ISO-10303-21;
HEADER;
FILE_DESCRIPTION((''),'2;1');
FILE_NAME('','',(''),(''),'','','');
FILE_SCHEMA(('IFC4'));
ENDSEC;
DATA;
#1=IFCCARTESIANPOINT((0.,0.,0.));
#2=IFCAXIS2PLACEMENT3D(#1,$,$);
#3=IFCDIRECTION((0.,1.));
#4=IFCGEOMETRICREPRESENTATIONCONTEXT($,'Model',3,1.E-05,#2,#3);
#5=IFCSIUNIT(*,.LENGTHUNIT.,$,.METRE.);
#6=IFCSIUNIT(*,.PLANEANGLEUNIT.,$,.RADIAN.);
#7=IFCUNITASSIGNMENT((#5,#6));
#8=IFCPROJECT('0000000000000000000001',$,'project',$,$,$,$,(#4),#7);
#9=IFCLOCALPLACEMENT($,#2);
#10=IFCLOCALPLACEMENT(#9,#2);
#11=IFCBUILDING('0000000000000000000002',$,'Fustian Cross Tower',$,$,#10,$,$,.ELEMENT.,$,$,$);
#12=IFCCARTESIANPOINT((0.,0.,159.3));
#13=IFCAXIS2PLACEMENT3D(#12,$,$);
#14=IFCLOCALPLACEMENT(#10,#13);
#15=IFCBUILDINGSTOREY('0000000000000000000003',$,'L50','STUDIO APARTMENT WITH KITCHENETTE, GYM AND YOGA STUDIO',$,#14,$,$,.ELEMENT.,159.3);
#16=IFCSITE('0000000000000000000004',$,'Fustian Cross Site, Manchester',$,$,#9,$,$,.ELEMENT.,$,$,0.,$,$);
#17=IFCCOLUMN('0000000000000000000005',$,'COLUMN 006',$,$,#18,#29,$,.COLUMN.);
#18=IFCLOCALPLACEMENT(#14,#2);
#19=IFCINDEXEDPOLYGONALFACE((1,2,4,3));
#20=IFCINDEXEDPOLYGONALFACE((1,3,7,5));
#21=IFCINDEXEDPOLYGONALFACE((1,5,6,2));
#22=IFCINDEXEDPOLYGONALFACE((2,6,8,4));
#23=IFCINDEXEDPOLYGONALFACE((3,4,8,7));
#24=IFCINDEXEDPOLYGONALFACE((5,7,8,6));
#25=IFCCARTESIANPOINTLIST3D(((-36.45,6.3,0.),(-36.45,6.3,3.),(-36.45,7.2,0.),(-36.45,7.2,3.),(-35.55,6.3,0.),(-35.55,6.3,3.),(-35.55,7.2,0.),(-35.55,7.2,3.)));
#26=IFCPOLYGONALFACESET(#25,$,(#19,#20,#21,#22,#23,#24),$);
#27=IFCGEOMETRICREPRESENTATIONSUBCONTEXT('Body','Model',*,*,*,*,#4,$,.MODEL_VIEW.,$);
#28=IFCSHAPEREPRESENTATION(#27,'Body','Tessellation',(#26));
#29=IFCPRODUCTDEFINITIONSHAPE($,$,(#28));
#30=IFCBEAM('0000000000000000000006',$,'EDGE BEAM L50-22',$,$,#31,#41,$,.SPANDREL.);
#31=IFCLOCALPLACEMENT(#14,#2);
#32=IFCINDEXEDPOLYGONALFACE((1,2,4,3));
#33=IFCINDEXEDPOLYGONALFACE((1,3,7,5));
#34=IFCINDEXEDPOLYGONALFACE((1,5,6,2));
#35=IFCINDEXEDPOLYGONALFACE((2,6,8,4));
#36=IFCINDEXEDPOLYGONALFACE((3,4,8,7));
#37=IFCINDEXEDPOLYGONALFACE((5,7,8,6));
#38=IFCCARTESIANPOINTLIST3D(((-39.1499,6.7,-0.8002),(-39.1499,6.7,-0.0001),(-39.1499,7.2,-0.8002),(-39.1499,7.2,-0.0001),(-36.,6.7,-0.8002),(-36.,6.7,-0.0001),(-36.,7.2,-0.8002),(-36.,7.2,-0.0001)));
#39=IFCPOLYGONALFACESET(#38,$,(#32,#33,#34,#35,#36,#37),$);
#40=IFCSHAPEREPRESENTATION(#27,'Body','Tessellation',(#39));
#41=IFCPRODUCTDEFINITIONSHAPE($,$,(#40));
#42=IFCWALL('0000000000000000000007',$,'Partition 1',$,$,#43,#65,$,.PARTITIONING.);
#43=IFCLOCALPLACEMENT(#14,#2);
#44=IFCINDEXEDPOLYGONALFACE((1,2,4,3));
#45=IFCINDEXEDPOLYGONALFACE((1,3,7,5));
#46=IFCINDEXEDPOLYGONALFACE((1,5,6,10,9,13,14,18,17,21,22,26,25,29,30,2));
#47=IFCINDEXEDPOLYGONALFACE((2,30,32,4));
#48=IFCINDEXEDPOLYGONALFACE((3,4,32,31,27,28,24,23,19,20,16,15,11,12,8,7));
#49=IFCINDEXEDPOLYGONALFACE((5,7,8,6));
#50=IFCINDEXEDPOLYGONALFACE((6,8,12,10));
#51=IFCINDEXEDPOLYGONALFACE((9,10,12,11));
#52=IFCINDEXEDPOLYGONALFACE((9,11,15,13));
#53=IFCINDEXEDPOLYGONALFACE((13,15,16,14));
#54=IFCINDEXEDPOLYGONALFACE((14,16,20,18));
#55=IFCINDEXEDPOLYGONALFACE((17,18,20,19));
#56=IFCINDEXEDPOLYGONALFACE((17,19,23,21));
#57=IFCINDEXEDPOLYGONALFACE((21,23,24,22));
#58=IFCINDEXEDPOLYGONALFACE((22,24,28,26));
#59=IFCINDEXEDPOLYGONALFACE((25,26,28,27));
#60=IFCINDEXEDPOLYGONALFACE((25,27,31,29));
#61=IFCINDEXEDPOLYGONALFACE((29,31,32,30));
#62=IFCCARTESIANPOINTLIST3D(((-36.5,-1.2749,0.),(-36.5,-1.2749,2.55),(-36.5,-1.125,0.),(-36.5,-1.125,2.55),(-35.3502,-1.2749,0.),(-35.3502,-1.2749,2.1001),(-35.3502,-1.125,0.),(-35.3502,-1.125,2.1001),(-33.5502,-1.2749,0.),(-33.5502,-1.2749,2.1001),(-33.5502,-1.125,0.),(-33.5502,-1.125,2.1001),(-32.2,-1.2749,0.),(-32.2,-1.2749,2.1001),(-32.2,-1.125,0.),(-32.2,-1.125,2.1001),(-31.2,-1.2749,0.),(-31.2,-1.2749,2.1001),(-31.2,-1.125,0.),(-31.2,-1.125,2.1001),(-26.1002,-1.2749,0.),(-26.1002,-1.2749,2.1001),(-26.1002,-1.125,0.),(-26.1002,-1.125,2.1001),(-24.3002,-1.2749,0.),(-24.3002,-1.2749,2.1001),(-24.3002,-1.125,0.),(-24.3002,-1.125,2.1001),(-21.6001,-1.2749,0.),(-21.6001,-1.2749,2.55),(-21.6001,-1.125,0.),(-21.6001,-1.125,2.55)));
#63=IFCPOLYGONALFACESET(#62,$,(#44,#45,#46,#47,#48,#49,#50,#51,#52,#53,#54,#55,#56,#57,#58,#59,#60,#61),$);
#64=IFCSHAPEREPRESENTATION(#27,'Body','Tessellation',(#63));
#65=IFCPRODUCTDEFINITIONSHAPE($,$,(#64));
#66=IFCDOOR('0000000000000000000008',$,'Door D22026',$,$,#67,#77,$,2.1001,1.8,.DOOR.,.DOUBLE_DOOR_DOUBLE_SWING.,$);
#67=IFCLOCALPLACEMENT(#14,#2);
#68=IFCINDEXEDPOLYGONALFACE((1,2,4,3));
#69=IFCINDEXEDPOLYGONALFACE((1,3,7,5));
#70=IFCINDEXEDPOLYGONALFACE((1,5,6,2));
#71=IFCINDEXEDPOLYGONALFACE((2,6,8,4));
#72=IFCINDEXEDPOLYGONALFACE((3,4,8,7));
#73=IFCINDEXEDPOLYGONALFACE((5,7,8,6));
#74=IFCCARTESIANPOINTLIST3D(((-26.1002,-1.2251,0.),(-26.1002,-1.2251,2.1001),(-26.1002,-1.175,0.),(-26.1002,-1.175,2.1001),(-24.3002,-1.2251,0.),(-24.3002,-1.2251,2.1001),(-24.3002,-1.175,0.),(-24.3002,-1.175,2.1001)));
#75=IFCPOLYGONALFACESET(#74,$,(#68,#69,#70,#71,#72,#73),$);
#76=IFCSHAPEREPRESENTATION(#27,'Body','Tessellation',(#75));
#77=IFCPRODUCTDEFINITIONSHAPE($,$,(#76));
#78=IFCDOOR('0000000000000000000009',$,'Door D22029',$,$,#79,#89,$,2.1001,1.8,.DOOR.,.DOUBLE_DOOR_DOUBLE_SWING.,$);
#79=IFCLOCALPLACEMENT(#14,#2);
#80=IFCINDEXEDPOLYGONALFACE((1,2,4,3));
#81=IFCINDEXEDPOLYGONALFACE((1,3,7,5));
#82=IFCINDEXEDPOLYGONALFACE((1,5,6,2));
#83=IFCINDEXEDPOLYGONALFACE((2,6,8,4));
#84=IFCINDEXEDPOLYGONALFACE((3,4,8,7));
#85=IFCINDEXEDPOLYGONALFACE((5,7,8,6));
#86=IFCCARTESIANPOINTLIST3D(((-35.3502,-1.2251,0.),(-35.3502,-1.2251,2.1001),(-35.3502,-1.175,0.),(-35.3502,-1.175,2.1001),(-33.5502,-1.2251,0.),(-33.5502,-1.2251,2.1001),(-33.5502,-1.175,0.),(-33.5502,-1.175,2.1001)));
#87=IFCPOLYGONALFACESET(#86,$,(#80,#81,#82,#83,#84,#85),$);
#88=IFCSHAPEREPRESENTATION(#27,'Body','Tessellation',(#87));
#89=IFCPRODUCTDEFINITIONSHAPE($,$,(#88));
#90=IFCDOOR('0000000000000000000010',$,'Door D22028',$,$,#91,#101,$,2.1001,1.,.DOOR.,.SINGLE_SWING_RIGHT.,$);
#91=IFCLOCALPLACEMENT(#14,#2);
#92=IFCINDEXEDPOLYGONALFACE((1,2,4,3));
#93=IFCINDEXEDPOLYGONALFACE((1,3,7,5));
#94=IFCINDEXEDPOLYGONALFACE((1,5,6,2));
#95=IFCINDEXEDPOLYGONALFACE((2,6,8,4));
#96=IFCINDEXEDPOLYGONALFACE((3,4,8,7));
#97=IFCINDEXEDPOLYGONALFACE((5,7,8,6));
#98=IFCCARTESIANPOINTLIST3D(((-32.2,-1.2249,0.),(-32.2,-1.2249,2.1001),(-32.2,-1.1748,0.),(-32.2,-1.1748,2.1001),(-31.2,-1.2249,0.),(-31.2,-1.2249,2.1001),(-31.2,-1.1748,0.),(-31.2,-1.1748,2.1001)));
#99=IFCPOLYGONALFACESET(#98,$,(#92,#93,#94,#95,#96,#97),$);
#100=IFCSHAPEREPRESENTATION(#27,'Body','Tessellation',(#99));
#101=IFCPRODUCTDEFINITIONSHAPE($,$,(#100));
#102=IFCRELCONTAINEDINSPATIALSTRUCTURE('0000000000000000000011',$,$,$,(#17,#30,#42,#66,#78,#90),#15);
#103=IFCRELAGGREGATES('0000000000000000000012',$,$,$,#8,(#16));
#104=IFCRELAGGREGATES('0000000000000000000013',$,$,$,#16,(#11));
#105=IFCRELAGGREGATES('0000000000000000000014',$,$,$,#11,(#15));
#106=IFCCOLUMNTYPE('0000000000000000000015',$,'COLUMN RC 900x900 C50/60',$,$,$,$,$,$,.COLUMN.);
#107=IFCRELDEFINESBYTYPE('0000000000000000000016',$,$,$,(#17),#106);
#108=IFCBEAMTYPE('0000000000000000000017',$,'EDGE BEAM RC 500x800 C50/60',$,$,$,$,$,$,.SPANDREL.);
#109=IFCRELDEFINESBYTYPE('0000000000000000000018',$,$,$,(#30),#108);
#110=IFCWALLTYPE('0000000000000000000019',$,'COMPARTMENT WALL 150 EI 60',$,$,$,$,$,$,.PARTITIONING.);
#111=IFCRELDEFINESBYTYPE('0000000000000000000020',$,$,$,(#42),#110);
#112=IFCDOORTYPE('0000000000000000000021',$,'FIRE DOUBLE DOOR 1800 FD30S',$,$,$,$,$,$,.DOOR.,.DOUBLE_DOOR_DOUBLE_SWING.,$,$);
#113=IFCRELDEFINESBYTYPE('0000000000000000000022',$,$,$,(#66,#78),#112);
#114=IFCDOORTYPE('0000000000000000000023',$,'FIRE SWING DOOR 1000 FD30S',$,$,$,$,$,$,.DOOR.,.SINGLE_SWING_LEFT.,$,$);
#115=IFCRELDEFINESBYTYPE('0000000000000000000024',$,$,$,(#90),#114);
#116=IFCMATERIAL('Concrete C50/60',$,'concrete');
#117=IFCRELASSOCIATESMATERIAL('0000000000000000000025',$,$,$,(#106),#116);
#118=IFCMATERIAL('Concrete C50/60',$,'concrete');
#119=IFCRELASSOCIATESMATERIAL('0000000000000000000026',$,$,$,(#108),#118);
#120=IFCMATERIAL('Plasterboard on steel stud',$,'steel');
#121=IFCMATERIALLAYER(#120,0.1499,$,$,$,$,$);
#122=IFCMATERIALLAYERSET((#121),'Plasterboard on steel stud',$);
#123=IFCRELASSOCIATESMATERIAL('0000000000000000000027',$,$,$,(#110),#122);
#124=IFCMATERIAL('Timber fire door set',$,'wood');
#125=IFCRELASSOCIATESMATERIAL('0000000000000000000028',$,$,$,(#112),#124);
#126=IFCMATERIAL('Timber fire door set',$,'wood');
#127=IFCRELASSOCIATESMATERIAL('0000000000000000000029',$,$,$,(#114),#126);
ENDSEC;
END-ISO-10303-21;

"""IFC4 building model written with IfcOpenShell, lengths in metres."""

from ifc_helpers import new_model, si_unit, direction, frame, frame_2d, origin, origin_2d, place, context, subcontext, project, spatial, rectangle, extrude, material, layer, layer_set, material_profile, profile_set, type_object, element, fill, save


model = new_model("IFC4")

# Units and contexts
model_context = context("Model", 3, precision=1e-05, world=origin(), true_north=direction((0.0, 1.0)))
body_context = subcontext(model_context, "Body", "Model", "MODEL_VIEW")
ifc_project = project(units=[si_unit("LENGTHUNIT", "METRE"), si_unit("PLANEANGLEUNIT", "RADIAN")], contexts=[model_context])

# Site, building, storey
site_placement = place(None, origin())
site = spatial("IfcSite", under=ifc_project, at=site_placement, Name="Fustian Cross Site, Manchester", CompositionType="ELEMENT", RefElevation=0.0)
building_placement = place(site_placement, origin())
building = spatial("IfcBuilding", under=site, at=building_placement, Name="Fustian Cross Tower", CompositionType="ELEMENT")
storey_placement = place(building_placement, frame((0.0, 0.0, 159.3)))
storey = spatial("IfcBuildingStorey", under=building, at=storey_placement, Name="L50", Description="STUDIO APARTMENT WITH KITCHENETTE, GYM AND YOGA STUDIO", CompositionType="ELEMENT", Elevation=159.3)

# Column
ifc_material_1 = material(Name="Concrete C50/60", Category="concrete")
ifc_material_profile_1 = material_profile(ifc_material_1, rectangle(XDim=0.8999, YDim=0.8999, at=origin_2d()), Name="RC 900x900")
ifc_profile_set_1 = profile_set([ifc_material_profile_1], Name="Concrete C50/60")
column_type = type_object("IfcColumnType", Name="COLUMN RC 900x900 C50/60", PredefinedType="COLUMN", material=ifc_profile_set_1)
column_placement = place(storey_placement, frame((-36.0, 6.75, 0.0), z_axis=(0.0, 0.0, 1.0), x_axis=(1.0, 0.0, 0.0)))
element("IfcColumn", 1, at=column_placement, inside=storey, type_object=column_type, Name="COLUMN 006", PredefinedType="COLUMN", context=body_context, shape_type="SweptSolid", body=[
    extrude(rectangle(XDim=0.8999, YDim=0.8999, at=origin_2d()), origin(), (0.0, 0.0, 1.0), 3.0),
])

# Beam
ifc_material_2 = material(Name="Concrete C50/60", Category="concrete")
ifc_material_profile_2 = material_profile(ifc_material_2, rectangle(XDim=0.5, YDim=0.8, at=origin_2d()), Name="RC 500x800")
ifc_profile_set_2 = profile_set([ifc_material_profile_2], Name="Concrete C50/60")
beam_type = type_object("IfcBeamType", Name="EDGE BEAM RC 500x800 C50/60", PredefinedType="SPANDREL", material=ifc_profile_set_2)
beam_placement = place(storey_placement, frame((-36.0, 6.95, -0.4001), z_axis=(-1.0, 0.0, 0.0), x_axis=(0.0, -1.0, 0.0)))
element("IfcBeam", 2, at=beam_placement, inside=storey, type_object=beam_type, Name="EDGE BEAM L50-22", PredefinedType="SPANDREL", context=body_context, shape_type="SweptSolid", body=[
    extrude(rectangle(XDim=0.5, YDim=0.8, at=origin_2d()), origin(), (0.0, 0.0, 1.0), 3.1499),
])

# Wall, openings, doors
ifc_material_3 = material(Name="Plasterboard on steel stud", Category="steel")
ifc_layer_1 = layer(ifc_material_3, 0.1499)
ifc_layer_set_1 = layer_set([ifc_layer_1], Name="Plasterboard on steel stud")
wall_type_1 = type_object("IfcWallType", Name="COMPARTMENT WALL 150 EI 60", PredefinedType="PARTITIONING", material=ifc_layer_set_1)
wall_1_placement = place(storey_placement, frame((-36.5, -1.2, 0.0), z_axis=(0.0, 0.0, 1.0), x_axis=(1.0, 0.0, 0.0)))
wall_1 = element("IfcWall", 3, at=wall_1_placement, inside=storey, type_object=wall_type_1, Name="Partition 1", PredefinedType="PARTITIONING", context=body_context, shape_type="SweptSolid", body=[
    extrude(rectangle(XDim=14.8999, YDim=0.1499, at=frame_2d((7.45, 0.0))), origin(), (0.0, 0.0, 1.0), 2.55),
])
opening_1_placement = place(wall_1_placement, frame((10.3999, 0.0, 0.0)))
opening_1 = element("IfcOpeningElement", 4, at=opening_1_placement, cuts=wall_1, PredefinedType="OPENING", context=body_context, shape_type="SweptSolid", body=[
    extrude(rectangle(XDim=1.8, YDim=2.1001, at=frame_2d((0.8999, 1.05))), frame((0.0, 0.085, 0.0), z_axis=(0.0, -1.0, 0.0), x_axis=(1.0, 0.0, 0.0)), (0.0, 0.0, 1.0), 0.1699),
])
opening_2_placement = place(wall_1_placement, frame((4.3, 0.0, 0.0)))
opening_2 = element("IfcOpeningElement", 5, at=opening_2_placement, cuts=wall_1, PredefinedType="OPENING", context=body_context, shape_type="SweptSolid", body=[
    extrude(rectangle(XDim=1.0, YDim=2.1001, at=frame_2d((0.5, 1.05))), frame((0.0, 0.085, 0.0), z_axis=(0.0, -1.0, 0.0), x_axis=(1.0, 0.0, 0.0)), (0.0, 0.0, 1.0), 0.1699),
])
opening_3_placement = place(wall_1_placement, frame((1.1499, 0.0, 0.0)))
opening_3 = element("IfcOpeningElement", 6, at=opening_3_placement, cuts=wall_1, PredefinedType="OPENING", context=body_context, shape_type="SweptSolid", body=[
    extrude(rectangle(XDim=1.8, YDim=2.1001, at=frame_2d((0.8999, 1.05))), frame((0.0, 0.085, 0.0), z_axis=(0.0, -1.0, 0.0), x_axis=(1.0, 0.0, 0.0)), (0.0, 0.0, 1.0), 0.1699),
])
ifc_material_4 = material(Name="Timber fire door set", Category="wood")
door_type_1 = type_object("IfcDoorType", Name="FIRE DOUBLE DOOR 1800 FD30S", OperationType="DOUBLE_DOOR_DOUBLE_SWING", PredefinedType="DOOR", material=ifc_material_4)
door_1_placement = place(opening_1_placement, origin())
door_1 = element("IfcDoor", 7, at=door_1_placement, inside=storey, type_object=door_type_1, Name="Door D22026", OperationType="DOUBLE_DOOR_DOUBLE_SWING", OverallHeight=2.1001, OverallWidth=1.8, PredefinedType="DOOR", context=body_context, shape_type="SweptSolid", body=[
    extrude(rectangle(XDim=1.8, YDim=2.1001, at=frame_2d((0.8999, 1.05))), frame((0.0, 0.0249, 0.0), z_axis=(0.0, -1.0, 0.0), x_axis=(1.0, 0.0, 0.0)), (0.0, 0.0, 1.0), 0.05),
])
fill(opening_1, door_1)
door_2_placement = place(opening_3_placement, origin())
door_2 = element("IfcDoor", 8, at=door_2_placement, inside=storey, type_object=door_type_1, Name="Door D22029", OperationType="DOUBLE_DOOR_DOUBLE_SWING", OverallHeight=2.1001, OverallWidth=1.8, PredefinedType="DOOR", context=body_context, shape_type="SweptSolid", body=[
    extrude(rectangle(XDim=1.8, YDim=2.1001, at=frame_2d((0.8999, 1.05))), frame((0.0, 0.0249, 0.0), z_axis=(0.0, -1.0, 0.0), x_axis=(1.0, 0.0, 0.0)), (0.0, 0.0, 1.0), 0.05),
])
fill(opening_3, door_2)
ifc_material_5 = material(Name="Timber fire door set", Category="wood")
door_type_2 = type_object("IfcDoorType", Name="FIRE SWING DOOR 1000 FD30S", OperationType="SINGLE_SWING_LEFT", PredefinedType="DOOR", material=ifc_material_5)
door_3_placement = place(opening_2_placement, frame((1.0, 0.0, 0.0), z_axis=(0.0, 0.0, 1.0), x_axis=(-1.0, 0.0, 0.0)))
door_3 = element("IfcDoor", 9, at=door_3_placement, inside=storey, type_object=door_type_2, Name="Door D22028", OperationType="SINGLE_SWING_RIGHT", OverallHeight=2.1001, OverallWidth=1.0, PredefinedType="DOOR", context=body_context, shape_type="SweptSolid", body=[
    extrude(rectangle(XDim=1.0, YDim=2.1001, at=frame_2d((0.5, 1.05))), frame((0.0, 0.0249, 0.0), z_axis=(0.0, -1.0, 0.0), x_axis=(1.0, 0.0, 0.0)), (0.0, 0.0, 1.0), 0.05),
])
fill(opening_2, door_3)

save(model, "model.ifc")
